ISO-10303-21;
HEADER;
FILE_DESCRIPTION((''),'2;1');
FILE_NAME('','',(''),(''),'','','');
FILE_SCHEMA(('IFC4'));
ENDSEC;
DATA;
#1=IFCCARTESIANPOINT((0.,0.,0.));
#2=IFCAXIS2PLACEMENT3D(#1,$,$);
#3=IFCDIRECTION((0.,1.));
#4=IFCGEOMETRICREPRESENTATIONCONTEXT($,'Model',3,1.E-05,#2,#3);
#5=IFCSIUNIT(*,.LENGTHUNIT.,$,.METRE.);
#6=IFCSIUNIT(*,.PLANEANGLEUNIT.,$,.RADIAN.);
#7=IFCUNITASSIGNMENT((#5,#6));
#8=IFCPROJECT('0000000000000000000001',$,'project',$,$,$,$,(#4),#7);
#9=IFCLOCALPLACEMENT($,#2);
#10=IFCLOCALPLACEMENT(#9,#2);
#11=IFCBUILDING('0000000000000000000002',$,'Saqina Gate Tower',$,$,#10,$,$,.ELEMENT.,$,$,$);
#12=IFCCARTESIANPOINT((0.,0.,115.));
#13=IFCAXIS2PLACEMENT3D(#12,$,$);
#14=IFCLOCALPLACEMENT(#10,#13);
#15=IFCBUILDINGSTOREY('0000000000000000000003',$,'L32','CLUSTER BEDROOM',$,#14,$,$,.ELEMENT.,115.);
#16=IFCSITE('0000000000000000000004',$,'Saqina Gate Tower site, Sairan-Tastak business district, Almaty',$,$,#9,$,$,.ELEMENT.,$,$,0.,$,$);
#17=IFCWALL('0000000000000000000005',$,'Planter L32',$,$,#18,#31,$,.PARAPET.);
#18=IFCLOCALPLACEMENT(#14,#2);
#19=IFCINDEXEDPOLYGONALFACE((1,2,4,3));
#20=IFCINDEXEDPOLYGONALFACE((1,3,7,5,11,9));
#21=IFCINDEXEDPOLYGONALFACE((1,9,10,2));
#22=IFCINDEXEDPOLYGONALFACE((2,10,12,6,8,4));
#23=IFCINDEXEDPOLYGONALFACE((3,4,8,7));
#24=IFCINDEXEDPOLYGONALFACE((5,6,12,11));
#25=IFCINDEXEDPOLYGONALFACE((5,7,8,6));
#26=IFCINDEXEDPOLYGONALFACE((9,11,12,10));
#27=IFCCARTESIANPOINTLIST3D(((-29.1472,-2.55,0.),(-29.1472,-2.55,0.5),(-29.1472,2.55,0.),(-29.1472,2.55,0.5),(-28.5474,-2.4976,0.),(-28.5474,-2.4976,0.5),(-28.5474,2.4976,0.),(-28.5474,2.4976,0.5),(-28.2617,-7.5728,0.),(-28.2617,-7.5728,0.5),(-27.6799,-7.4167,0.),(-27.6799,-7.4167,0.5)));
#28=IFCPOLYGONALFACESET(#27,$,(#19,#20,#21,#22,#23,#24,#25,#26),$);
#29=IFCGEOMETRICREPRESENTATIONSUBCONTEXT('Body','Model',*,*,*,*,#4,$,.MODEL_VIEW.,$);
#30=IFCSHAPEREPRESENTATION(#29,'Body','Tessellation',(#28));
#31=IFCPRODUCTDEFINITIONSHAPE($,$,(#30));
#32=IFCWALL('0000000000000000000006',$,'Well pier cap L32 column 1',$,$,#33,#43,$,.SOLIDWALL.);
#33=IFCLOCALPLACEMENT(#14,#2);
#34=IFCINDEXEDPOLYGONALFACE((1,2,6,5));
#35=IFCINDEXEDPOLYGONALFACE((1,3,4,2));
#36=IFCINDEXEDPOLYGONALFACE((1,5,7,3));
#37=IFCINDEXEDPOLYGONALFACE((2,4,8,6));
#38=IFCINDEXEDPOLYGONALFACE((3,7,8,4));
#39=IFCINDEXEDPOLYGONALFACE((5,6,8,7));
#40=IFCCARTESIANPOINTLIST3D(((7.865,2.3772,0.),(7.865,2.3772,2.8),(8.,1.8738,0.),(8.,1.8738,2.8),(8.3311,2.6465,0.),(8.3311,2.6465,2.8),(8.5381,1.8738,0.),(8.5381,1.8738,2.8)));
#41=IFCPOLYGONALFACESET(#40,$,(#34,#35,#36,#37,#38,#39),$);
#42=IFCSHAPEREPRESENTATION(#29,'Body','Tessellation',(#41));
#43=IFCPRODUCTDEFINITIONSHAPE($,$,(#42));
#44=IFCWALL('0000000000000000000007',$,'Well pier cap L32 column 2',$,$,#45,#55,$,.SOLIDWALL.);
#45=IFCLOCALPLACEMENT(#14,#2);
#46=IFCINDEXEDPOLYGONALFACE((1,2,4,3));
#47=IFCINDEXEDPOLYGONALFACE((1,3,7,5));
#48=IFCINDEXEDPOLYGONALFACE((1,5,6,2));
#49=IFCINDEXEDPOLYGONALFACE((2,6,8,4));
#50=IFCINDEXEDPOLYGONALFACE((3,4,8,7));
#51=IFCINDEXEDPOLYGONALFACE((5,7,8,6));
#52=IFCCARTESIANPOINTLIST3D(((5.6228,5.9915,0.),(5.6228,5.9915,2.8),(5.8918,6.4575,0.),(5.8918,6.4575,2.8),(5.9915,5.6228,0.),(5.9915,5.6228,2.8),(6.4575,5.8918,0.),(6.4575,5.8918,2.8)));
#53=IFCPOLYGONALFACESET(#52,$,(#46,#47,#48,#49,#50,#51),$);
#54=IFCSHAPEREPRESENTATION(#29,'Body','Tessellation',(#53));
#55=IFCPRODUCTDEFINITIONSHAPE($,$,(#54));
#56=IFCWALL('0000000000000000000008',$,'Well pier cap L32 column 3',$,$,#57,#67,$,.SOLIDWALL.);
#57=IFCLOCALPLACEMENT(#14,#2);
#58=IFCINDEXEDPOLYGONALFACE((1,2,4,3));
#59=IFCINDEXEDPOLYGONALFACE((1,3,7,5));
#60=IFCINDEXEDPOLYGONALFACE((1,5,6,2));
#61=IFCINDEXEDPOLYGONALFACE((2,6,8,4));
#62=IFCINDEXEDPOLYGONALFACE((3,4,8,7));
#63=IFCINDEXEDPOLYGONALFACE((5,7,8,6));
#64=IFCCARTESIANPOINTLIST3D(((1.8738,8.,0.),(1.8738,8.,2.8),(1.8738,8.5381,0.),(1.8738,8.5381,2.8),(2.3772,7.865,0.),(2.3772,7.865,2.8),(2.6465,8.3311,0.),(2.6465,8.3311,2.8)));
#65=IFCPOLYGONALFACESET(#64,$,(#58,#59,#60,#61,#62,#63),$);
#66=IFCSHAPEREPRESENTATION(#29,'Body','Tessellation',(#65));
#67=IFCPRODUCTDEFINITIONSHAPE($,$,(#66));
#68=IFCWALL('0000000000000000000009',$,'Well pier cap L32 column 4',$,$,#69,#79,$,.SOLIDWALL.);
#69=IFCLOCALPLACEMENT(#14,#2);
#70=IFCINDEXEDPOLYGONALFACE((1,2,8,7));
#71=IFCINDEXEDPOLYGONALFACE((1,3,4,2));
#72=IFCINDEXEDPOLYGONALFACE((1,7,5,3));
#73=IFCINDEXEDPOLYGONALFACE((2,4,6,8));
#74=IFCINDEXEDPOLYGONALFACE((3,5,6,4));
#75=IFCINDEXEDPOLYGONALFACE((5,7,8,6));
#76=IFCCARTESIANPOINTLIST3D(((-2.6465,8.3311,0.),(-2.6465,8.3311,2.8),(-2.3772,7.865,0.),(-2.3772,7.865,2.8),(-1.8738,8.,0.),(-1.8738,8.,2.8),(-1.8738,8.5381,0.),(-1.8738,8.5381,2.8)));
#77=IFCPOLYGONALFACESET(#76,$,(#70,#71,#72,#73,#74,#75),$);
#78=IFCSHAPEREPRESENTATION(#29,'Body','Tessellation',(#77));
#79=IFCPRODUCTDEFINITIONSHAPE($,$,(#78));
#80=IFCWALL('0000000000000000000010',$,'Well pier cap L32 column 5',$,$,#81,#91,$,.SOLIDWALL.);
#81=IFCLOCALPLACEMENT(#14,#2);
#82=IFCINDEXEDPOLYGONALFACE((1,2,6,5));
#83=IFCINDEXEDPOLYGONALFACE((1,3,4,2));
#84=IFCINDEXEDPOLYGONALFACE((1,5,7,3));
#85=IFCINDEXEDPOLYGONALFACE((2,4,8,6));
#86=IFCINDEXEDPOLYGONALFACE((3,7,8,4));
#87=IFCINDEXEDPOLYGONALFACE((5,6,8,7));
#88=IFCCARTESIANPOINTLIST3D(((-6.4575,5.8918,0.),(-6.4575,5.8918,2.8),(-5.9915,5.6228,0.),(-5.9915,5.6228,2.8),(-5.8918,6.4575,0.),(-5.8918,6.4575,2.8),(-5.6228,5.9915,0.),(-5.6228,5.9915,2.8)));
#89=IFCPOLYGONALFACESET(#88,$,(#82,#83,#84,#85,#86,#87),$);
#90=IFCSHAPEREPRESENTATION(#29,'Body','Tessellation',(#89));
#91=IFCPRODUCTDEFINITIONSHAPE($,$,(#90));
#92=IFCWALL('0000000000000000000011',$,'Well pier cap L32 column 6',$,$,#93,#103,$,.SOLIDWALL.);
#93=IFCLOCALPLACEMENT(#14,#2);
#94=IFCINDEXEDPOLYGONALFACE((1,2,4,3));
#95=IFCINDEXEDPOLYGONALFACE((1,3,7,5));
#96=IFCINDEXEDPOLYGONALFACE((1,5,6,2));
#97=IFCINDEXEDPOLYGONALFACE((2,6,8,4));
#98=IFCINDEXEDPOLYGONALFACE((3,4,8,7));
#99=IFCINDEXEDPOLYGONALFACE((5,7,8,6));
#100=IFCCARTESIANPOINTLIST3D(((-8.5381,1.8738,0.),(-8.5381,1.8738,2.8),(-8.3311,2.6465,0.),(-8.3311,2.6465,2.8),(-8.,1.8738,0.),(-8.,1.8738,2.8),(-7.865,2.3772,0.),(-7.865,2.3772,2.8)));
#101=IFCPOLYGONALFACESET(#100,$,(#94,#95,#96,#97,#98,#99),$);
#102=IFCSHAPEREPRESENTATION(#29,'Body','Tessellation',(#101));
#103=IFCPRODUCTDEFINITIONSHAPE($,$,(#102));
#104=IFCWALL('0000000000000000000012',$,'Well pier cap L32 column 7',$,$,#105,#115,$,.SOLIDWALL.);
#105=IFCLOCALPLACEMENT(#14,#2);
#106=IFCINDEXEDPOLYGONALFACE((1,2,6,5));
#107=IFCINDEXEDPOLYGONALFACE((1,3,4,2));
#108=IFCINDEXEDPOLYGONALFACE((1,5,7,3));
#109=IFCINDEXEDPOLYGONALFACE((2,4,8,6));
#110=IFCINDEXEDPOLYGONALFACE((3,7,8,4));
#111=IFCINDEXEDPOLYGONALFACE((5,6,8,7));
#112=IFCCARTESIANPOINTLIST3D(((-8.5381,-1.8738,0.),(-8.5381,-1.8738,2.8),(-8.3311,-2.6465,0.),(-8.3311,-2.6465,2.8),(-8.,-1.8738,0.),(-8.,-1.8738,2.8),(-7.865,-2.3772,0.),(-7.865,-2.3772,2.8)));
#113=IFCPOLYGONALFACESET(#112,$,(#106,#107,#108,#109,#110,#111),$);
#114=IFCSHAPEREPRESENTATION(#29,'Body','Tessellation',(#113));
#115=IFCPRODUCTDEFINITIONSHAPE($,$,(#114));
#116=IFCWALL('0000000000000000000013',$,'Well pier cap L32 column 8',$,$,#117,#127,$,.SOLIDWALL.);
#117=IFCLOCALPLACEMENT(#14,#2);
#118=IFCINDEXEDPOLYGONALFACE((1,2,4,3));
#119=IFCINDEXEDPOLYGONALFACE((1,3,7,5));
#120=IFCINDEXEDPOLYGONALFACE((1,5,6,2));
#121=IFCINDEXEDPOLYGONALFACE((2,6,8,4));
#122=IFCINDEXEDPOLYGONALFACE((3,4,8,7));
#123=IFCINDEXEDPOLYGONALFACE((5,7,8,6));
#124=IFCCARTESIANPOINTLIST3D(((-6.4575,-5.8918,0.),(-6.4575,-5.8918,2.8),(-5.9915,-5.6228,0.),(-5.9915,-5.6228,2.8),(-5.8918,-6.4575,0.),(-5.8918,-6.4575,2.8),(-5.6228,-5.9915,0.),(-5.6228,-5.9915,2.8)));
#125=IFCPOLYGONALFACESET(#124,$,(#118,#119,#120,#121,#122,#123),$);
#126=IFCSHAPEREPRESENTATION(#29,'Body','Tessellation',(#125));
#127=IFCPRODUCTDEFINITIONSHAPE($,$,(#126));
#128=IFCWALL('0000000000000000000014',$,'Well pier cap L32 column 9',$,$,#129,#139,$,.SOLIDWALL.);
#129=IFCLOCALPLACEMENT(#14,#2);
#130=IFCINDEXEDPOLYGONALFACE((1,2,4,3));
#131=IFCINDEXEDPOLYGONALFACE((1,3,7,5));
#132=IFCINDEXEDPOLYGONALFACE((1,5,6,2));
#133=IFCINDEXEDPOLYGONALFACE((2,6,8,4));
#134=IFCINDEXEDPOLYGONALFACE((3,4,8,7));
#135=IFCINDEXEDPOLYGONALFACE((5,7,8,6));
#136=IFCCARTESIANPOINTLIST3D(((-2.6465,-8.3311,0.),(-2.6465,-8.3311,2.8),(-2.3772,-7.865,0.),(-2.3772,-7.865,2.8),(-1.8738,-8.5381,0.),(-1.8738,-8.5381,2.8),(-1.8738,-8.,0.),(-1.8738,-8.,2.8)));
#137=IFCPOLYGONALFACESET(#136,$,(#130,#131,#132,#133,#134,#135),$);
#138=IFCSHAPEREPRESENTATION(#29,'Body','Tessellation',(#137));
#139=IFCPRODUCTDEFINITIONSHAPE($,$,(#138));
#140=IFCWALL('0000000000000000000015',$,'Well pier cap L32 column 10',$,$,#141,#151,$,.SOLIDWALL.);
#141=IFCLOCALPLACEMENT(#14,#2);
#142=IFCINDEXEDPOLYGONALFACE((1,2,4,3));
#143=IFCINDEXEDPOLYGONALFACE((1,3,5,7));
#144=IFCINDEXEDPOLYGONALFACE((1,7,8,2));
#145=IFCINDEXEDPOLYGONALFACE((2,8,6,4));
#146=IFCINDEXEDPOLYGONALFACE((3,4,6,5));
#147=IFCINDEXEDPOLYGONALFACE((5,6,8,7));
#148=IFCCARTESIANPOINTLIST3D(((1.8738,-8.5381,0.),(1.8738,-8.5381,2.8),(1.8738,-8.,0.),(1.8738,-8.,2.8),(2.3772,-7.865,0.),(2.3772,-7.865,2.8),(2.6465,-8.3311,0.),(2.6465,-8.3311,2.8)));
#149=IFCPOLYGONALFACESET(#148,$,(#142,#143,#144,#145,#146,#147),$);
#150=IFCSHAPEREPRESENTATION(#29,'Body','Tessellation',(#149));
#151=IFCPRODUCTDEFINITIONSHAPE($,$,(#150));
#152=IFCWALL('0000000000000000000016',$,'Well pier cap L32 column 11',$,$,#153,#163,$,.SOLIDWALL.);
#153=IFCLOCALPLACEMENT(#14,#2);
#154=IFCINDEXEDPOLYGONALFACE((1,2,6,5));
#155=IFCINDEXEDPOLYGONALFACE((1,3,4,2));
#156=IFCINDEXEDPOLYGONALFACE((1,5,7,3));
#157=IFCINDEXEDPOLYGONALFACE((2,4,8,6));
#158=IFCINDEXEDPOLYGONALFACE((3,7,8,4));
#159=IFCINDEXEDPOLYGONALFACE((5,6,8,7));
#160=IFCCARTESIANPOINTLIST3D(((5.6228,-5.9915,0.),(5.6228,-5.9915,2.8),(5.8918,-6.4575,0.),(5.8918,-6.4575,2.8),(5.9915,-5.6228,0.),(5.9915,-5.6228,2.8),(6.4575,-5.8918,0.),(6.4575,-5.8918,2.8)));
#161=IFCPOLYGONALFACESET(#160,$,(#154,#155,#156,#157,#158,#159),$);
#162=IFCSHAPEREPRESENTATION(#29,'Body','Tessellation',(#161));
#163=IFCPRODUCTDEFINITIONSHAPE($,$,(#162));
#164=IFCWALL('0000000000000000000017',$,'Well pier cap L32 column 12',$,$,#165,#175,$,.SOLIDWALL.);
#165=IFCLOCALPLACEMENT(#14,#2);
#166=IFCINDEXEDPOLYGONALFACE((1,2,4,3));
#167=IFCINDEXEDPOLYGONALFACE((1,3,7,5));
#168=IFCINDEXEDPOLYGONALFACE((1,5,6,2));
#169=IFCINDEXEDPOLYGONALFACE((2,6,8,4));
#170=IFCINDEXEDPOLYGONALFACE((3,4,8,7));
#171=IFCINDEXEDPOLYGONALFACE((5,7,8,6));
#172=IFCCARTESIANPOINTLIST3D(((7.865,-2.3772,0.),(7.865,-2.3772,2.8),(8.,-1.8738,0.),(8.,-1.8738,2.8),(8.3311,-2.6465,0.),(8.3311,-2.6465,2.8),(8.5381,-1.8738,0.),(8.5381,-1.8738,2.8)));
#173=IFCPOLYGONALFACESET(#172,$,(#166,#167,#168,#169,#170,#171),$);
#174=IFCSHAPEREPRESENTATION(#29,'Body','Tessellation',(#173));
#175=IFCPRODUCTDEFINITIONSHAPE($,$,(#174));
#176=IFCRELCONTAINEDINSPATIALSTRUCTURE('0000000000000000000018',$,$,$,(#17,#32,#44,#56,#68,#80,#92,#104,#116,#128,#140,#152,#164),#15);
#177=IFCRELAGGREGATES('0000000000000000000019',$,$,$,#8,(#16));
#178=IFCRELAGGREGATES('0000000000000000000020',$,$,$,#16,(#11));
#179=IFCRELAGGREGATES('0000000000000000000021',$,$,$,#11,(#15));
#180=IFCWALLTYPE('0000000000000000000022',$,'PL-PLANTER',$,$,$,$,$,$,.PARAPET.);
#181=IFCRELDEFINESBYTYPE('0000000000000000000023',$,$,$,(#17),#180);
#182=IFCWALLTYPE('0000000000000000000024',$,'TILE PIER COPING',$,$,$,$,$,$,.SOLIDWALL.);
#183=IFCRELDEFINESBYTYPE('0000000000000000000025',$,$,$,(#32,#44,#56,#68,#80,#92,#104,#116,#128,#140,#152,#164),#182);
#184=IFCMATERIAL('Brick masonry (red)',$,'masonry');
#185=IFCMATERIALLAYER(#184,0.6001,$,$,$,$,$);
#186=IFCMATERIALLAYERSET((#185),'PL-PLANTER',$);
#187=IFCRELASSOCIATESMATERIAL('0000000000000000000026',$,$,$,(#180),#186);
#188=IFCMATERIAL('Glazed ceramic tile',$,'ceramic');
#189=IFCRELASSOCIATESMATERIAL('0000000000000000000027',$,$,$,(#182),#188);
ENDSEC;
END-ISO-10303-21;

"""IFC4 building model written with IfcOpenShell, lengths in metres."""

from ifc_helpers import new_model, si_unit, direction, frame, origin, place, context, subcontext, project, spatial, polyline, outline, extrude, material, layer, layer_set, type_object, element, save


model = new_model("IFC4")

# Units and contexts
model_context = context("Model", 3, precision=1e-05, world=origin(), true_north=direction((0.0, 1.0)))
body_context = subcontext(model_context, "Body", "Model", "MODEL_VIEW")
ifc_project = project(units=[si_unit("LENGTHUNIT", "METRE"), si_unit("PLANEANGLEUNIT", "RADIAN")], contexts=[model_context])

# Site, building, storey
site_placement = place(None, origin())
site = spatial("IfcSite", under=ifc_project, at=site_placement, Name="Saqina Gate Tower site, Sairan-Tastak business district, Almaty", CompositionType="ELEMENT", RefElevation=0.0)
building_placement = place(site_placement, origin())
building = spatial("IfcBuilding", under=site, at=building_placement, Name="Saqina Gate Tower", CompositionType="ELEMENT")
storey_placement = place(building_placement, frame((0.0, 0.0, 115.0)))
storey = spatial("IfcBuildingStorey", under=building, at=storey_placement, Name="L32", Description="CLUSTER BEDROOM", CompositionType="ELEMENT", Elevation=115.0)

# Walls
ifc_material_1 = material(Name="Brick masonry (red)", Category="masonry")
ifc_layer_1 = layer(ifc_material_1, 0.6001)
ifc_layer_set_1 = layer_set([ifc_layer_1], Name="PL-PLANTER")
wall_type_1 = type_object("IfcWallType", Name="PL-PLANTER", PredefinedType="PARAPET", material=ifc_layer_set_1)
wall_1_placement = place(storey_placement, origin())
element("IfcWall", 1, at=wall_1_placement, inside=storey, type_object=wall_type_1, Name="Planter L32", PredefinedType="PARAPET", context=body_context, shape_type="SweptSolid", body=[
    extrude(outline(polyline([(-29.1472, 2.55), (-29.1472, -2.55), (-28.2617, -7.5728), (-27.6799, -7.4167), (-28.5474, -2.4976), (-28.5474, 2.4976), (-29.1472, 2.55)])), origin(), (0.0, 0.0, 1.0), 0.5),
])
ifc_material_2 = material(Name="Glazed ceramic tile", Category="ceramic")
wall_type_2 = type_object("IfcWallType", Name="TILE PIER COPING", PredefinedType="SOLIDWALL", material=ifc_material_2)
wall_2_placement = place(storey_placement, origin())
element("IfcWall", 2, at=wall_2_placement, inside=storey, type_object=wall_type_2, Name="Well pier cap L32 column 1", PredefinedType="SOLIDWALL", context=body_context, shape_type="SweptSolid", body=[
    extrude(outline(polyline([(8.3311, 2.6465), (7.865, 2.3772), (8.0, 1.8738), (8.5381, 1.8738), (8.3311, 2.6465)])), origin(), (0.0, 0.0, 1.0), 2.8),
])
wall_3_placement = place(storey_placement, origin())
element("IfcWall", 3, at=wall_3_placement, inside=storey, type_object=wall_type_2, Name="Well pier cap L32 column 2", PredefinedType="SOLIDWALL", context=body_context, shape_type="SweptSolid", body=[
    extrude(outline(polyline([(5.8918, 6.4575), (5.6228, 5.9915), (5.9915, 5.6228), (6.4575, 5.8918), (5.8918, 6.4575)])), origin(), (0.0, 0.0, 1.0), 2.8),
])
wall_4_placement = place(storey_placement, origin())
element("IfcWall", 4, at=wall_4_placement, inside=storey, type_object=wall_type_2, Name="Well pier cap L32 column 3", PredefinedType="SOLIDWALL", context=body_context, shape_type="SweptSolid", body=[
    extrude(outline(polyline([(1.8738, 8.5381), (1.8738, 8.0), (2.3772, 7.865), (2.6465, 8.3311), (1.8738, 8.5381)])), origin(), (0.0, 0.0, 1.0), 2.8),
])
wall_5_placement = place(storey_placement, origin())
element("IfcWall", 5, at=wall_5_placement, inside=storey, type_object=wall_type_2, Name="Well pier cap L32 column 4", PredefinedType="SOLIDWALL", context=body_context, shape_type="SweptSolid", body=[
    extrude(outline(polyline([(-2.6465, 8.3311), (-2.3772, 7.865), (-1.8738, 8.0), (-1.8738, 8.5381), (-2.6465, 8.3311)])), origin(), (0.0, 0.0, 1.0), 2.8),
])
wall_6_placement = place(storey_placement, origin())
element("IfcWall", 6, at=wall_6_placement, inside=storey, type_object=wall_type_2, Name="Well pier cap L32 column 5", PredefinedType="SOLIDWALL", context=body_context, shape_type="SweptSolid", body=[
    extrude(outline(polyline([(-6.4575, 5.8918), (-5.9915, 5.6228), (-5.6228, 5.9915), (-5.8918, 6.4575), (-6.4575, 5.8918)])), origin(), (0.0, 0.0, 1.0), 2.8),
])
wall_7_placement = place(storey_placement, origin())
element("IfcWall", 7, at=wall_7_placement, inside=storey, type_object=wall_type_2, Name="Well pier cap L32 column 6", PredefinedType="SOLIDWALL", context=body_context, shape_type="SweptSolid", body=[
    extrude(outline(polyline([(-8.5381, 1.8738), (-8.0, 1.8738), (-7.865, 2.3772), (-8.3311, 2.6465), (-8.5381, 1.8738)])), origin(), (0.0, 0.0, 1.0), 2.8),
])
wall_8_placement = place(storey_placement, origin())
element("IfcWall", 8, at=wall_8_placement, inside=storey, type_object=wall_type_2, Name="Well pier cap L32 column 7", PredefinedType="SOLIDWALL", context=body_context, shape_type="SweptSolid", body=[
    extrude(outline(polyline([(-8.3311, -2.6465), (-7.865, -2.3772), (-8.0, -1.8738), (-8.5381, -1.8738), (-8.3311, -2.6465)])), origin(), (0.0, 0.0, 1.0), 2.8),
])
wall_9_placement = place(storey_placement, origin())
element("IfcWall", 9, at=wall_9_placement, inside=storey, type_object=wall_type_2, Name="Well pier cap L32 column 8", PredefinedType="SOLIDWALL", context=body_context, shape_type="SweptSolid", body=[
    extrude(outline(polyline([(-6.4575, -5.8918), (-5.8918, -6.4575), (-5.6228, -5.9915), (-5.9915, -5.6228), (-6.4575, -5.8918)])), origin(), (0.0, 0.0, 1.0), 2.8),
])
wall_10_placement = place(storey_placement, origin())
element("IfcWall", 10, at=wall_10_placement, inside=storey, type_object=wall_type_2, Name="Well pier cap L32 column 9", PredefinedType="SOLIDWALL", context=body_context, shape_type="SweptSolid", body=[
    extrude(outline(polyline([(-1.8738, -8.5381), (-1.8738, -8.0), (-2.3772, -7.865), (-2.6465, -8.3311), (-1.8738, -8.5381)])), origin(), (0.0, 0.0, 1.0), 2.8),
])
wall_11_placement = place(storey_placement, origin())
element("IfcWall", 11, at=wall_11_placement, inside=storey, type_object=wall_type_2, Name="Well pier cap L32 column 10", PredefinedType="SOLIDWALL", context=body_context, shape_type="SweptSolid", body=[
    extrude(outline(polyline([(2.6465, -8.3311), (2.3772, -7.865), (1.8738, -8.0), (1.8738, -8.5381), (2.6465, -8.3311)])), origin(), (0.0, 0.0, 1.0), 2.8),
])
wall_12_placement = place(storey_placement, origin())
element("IfcWall", 12, at=wall_12_placement, inside=storey, type_object=wall_type_2, Name="Well pier cap L32 column 11", PredefinedType="SOLIDWALL", context=body_context, shape_type="SweptSolid", body=[
    extrude(outline(polyline([(5.8918, -6.4575), (6.4575, -5.8918), (5.9915, -5.6228), (5.6228, -5.9915), (5.8918, -6.4575)])), origin(), (0.0, 0.0, 1.0), 2.8),
])
wall_13_placement = place(storey_placement, origin())
element("IfcWall", 13, at=wall_13_placement, inside=storey, type_object=wall_type_2, Name="Well pier cap L32 column 12", PredefinedType="SOLIDWALL", context=body_context, shape_type="SweptSolid", body=[
    extrude(outline(polyline([(8.5381, -1.8738), (8.0, -1.8738), (7.865, -2.3772), (8.3311, -2.6465), (8.5381, -1.8738)])), origin(), (0.0, 0.0, 1.0), 2.8),
])

save(model, "model.ifc")
